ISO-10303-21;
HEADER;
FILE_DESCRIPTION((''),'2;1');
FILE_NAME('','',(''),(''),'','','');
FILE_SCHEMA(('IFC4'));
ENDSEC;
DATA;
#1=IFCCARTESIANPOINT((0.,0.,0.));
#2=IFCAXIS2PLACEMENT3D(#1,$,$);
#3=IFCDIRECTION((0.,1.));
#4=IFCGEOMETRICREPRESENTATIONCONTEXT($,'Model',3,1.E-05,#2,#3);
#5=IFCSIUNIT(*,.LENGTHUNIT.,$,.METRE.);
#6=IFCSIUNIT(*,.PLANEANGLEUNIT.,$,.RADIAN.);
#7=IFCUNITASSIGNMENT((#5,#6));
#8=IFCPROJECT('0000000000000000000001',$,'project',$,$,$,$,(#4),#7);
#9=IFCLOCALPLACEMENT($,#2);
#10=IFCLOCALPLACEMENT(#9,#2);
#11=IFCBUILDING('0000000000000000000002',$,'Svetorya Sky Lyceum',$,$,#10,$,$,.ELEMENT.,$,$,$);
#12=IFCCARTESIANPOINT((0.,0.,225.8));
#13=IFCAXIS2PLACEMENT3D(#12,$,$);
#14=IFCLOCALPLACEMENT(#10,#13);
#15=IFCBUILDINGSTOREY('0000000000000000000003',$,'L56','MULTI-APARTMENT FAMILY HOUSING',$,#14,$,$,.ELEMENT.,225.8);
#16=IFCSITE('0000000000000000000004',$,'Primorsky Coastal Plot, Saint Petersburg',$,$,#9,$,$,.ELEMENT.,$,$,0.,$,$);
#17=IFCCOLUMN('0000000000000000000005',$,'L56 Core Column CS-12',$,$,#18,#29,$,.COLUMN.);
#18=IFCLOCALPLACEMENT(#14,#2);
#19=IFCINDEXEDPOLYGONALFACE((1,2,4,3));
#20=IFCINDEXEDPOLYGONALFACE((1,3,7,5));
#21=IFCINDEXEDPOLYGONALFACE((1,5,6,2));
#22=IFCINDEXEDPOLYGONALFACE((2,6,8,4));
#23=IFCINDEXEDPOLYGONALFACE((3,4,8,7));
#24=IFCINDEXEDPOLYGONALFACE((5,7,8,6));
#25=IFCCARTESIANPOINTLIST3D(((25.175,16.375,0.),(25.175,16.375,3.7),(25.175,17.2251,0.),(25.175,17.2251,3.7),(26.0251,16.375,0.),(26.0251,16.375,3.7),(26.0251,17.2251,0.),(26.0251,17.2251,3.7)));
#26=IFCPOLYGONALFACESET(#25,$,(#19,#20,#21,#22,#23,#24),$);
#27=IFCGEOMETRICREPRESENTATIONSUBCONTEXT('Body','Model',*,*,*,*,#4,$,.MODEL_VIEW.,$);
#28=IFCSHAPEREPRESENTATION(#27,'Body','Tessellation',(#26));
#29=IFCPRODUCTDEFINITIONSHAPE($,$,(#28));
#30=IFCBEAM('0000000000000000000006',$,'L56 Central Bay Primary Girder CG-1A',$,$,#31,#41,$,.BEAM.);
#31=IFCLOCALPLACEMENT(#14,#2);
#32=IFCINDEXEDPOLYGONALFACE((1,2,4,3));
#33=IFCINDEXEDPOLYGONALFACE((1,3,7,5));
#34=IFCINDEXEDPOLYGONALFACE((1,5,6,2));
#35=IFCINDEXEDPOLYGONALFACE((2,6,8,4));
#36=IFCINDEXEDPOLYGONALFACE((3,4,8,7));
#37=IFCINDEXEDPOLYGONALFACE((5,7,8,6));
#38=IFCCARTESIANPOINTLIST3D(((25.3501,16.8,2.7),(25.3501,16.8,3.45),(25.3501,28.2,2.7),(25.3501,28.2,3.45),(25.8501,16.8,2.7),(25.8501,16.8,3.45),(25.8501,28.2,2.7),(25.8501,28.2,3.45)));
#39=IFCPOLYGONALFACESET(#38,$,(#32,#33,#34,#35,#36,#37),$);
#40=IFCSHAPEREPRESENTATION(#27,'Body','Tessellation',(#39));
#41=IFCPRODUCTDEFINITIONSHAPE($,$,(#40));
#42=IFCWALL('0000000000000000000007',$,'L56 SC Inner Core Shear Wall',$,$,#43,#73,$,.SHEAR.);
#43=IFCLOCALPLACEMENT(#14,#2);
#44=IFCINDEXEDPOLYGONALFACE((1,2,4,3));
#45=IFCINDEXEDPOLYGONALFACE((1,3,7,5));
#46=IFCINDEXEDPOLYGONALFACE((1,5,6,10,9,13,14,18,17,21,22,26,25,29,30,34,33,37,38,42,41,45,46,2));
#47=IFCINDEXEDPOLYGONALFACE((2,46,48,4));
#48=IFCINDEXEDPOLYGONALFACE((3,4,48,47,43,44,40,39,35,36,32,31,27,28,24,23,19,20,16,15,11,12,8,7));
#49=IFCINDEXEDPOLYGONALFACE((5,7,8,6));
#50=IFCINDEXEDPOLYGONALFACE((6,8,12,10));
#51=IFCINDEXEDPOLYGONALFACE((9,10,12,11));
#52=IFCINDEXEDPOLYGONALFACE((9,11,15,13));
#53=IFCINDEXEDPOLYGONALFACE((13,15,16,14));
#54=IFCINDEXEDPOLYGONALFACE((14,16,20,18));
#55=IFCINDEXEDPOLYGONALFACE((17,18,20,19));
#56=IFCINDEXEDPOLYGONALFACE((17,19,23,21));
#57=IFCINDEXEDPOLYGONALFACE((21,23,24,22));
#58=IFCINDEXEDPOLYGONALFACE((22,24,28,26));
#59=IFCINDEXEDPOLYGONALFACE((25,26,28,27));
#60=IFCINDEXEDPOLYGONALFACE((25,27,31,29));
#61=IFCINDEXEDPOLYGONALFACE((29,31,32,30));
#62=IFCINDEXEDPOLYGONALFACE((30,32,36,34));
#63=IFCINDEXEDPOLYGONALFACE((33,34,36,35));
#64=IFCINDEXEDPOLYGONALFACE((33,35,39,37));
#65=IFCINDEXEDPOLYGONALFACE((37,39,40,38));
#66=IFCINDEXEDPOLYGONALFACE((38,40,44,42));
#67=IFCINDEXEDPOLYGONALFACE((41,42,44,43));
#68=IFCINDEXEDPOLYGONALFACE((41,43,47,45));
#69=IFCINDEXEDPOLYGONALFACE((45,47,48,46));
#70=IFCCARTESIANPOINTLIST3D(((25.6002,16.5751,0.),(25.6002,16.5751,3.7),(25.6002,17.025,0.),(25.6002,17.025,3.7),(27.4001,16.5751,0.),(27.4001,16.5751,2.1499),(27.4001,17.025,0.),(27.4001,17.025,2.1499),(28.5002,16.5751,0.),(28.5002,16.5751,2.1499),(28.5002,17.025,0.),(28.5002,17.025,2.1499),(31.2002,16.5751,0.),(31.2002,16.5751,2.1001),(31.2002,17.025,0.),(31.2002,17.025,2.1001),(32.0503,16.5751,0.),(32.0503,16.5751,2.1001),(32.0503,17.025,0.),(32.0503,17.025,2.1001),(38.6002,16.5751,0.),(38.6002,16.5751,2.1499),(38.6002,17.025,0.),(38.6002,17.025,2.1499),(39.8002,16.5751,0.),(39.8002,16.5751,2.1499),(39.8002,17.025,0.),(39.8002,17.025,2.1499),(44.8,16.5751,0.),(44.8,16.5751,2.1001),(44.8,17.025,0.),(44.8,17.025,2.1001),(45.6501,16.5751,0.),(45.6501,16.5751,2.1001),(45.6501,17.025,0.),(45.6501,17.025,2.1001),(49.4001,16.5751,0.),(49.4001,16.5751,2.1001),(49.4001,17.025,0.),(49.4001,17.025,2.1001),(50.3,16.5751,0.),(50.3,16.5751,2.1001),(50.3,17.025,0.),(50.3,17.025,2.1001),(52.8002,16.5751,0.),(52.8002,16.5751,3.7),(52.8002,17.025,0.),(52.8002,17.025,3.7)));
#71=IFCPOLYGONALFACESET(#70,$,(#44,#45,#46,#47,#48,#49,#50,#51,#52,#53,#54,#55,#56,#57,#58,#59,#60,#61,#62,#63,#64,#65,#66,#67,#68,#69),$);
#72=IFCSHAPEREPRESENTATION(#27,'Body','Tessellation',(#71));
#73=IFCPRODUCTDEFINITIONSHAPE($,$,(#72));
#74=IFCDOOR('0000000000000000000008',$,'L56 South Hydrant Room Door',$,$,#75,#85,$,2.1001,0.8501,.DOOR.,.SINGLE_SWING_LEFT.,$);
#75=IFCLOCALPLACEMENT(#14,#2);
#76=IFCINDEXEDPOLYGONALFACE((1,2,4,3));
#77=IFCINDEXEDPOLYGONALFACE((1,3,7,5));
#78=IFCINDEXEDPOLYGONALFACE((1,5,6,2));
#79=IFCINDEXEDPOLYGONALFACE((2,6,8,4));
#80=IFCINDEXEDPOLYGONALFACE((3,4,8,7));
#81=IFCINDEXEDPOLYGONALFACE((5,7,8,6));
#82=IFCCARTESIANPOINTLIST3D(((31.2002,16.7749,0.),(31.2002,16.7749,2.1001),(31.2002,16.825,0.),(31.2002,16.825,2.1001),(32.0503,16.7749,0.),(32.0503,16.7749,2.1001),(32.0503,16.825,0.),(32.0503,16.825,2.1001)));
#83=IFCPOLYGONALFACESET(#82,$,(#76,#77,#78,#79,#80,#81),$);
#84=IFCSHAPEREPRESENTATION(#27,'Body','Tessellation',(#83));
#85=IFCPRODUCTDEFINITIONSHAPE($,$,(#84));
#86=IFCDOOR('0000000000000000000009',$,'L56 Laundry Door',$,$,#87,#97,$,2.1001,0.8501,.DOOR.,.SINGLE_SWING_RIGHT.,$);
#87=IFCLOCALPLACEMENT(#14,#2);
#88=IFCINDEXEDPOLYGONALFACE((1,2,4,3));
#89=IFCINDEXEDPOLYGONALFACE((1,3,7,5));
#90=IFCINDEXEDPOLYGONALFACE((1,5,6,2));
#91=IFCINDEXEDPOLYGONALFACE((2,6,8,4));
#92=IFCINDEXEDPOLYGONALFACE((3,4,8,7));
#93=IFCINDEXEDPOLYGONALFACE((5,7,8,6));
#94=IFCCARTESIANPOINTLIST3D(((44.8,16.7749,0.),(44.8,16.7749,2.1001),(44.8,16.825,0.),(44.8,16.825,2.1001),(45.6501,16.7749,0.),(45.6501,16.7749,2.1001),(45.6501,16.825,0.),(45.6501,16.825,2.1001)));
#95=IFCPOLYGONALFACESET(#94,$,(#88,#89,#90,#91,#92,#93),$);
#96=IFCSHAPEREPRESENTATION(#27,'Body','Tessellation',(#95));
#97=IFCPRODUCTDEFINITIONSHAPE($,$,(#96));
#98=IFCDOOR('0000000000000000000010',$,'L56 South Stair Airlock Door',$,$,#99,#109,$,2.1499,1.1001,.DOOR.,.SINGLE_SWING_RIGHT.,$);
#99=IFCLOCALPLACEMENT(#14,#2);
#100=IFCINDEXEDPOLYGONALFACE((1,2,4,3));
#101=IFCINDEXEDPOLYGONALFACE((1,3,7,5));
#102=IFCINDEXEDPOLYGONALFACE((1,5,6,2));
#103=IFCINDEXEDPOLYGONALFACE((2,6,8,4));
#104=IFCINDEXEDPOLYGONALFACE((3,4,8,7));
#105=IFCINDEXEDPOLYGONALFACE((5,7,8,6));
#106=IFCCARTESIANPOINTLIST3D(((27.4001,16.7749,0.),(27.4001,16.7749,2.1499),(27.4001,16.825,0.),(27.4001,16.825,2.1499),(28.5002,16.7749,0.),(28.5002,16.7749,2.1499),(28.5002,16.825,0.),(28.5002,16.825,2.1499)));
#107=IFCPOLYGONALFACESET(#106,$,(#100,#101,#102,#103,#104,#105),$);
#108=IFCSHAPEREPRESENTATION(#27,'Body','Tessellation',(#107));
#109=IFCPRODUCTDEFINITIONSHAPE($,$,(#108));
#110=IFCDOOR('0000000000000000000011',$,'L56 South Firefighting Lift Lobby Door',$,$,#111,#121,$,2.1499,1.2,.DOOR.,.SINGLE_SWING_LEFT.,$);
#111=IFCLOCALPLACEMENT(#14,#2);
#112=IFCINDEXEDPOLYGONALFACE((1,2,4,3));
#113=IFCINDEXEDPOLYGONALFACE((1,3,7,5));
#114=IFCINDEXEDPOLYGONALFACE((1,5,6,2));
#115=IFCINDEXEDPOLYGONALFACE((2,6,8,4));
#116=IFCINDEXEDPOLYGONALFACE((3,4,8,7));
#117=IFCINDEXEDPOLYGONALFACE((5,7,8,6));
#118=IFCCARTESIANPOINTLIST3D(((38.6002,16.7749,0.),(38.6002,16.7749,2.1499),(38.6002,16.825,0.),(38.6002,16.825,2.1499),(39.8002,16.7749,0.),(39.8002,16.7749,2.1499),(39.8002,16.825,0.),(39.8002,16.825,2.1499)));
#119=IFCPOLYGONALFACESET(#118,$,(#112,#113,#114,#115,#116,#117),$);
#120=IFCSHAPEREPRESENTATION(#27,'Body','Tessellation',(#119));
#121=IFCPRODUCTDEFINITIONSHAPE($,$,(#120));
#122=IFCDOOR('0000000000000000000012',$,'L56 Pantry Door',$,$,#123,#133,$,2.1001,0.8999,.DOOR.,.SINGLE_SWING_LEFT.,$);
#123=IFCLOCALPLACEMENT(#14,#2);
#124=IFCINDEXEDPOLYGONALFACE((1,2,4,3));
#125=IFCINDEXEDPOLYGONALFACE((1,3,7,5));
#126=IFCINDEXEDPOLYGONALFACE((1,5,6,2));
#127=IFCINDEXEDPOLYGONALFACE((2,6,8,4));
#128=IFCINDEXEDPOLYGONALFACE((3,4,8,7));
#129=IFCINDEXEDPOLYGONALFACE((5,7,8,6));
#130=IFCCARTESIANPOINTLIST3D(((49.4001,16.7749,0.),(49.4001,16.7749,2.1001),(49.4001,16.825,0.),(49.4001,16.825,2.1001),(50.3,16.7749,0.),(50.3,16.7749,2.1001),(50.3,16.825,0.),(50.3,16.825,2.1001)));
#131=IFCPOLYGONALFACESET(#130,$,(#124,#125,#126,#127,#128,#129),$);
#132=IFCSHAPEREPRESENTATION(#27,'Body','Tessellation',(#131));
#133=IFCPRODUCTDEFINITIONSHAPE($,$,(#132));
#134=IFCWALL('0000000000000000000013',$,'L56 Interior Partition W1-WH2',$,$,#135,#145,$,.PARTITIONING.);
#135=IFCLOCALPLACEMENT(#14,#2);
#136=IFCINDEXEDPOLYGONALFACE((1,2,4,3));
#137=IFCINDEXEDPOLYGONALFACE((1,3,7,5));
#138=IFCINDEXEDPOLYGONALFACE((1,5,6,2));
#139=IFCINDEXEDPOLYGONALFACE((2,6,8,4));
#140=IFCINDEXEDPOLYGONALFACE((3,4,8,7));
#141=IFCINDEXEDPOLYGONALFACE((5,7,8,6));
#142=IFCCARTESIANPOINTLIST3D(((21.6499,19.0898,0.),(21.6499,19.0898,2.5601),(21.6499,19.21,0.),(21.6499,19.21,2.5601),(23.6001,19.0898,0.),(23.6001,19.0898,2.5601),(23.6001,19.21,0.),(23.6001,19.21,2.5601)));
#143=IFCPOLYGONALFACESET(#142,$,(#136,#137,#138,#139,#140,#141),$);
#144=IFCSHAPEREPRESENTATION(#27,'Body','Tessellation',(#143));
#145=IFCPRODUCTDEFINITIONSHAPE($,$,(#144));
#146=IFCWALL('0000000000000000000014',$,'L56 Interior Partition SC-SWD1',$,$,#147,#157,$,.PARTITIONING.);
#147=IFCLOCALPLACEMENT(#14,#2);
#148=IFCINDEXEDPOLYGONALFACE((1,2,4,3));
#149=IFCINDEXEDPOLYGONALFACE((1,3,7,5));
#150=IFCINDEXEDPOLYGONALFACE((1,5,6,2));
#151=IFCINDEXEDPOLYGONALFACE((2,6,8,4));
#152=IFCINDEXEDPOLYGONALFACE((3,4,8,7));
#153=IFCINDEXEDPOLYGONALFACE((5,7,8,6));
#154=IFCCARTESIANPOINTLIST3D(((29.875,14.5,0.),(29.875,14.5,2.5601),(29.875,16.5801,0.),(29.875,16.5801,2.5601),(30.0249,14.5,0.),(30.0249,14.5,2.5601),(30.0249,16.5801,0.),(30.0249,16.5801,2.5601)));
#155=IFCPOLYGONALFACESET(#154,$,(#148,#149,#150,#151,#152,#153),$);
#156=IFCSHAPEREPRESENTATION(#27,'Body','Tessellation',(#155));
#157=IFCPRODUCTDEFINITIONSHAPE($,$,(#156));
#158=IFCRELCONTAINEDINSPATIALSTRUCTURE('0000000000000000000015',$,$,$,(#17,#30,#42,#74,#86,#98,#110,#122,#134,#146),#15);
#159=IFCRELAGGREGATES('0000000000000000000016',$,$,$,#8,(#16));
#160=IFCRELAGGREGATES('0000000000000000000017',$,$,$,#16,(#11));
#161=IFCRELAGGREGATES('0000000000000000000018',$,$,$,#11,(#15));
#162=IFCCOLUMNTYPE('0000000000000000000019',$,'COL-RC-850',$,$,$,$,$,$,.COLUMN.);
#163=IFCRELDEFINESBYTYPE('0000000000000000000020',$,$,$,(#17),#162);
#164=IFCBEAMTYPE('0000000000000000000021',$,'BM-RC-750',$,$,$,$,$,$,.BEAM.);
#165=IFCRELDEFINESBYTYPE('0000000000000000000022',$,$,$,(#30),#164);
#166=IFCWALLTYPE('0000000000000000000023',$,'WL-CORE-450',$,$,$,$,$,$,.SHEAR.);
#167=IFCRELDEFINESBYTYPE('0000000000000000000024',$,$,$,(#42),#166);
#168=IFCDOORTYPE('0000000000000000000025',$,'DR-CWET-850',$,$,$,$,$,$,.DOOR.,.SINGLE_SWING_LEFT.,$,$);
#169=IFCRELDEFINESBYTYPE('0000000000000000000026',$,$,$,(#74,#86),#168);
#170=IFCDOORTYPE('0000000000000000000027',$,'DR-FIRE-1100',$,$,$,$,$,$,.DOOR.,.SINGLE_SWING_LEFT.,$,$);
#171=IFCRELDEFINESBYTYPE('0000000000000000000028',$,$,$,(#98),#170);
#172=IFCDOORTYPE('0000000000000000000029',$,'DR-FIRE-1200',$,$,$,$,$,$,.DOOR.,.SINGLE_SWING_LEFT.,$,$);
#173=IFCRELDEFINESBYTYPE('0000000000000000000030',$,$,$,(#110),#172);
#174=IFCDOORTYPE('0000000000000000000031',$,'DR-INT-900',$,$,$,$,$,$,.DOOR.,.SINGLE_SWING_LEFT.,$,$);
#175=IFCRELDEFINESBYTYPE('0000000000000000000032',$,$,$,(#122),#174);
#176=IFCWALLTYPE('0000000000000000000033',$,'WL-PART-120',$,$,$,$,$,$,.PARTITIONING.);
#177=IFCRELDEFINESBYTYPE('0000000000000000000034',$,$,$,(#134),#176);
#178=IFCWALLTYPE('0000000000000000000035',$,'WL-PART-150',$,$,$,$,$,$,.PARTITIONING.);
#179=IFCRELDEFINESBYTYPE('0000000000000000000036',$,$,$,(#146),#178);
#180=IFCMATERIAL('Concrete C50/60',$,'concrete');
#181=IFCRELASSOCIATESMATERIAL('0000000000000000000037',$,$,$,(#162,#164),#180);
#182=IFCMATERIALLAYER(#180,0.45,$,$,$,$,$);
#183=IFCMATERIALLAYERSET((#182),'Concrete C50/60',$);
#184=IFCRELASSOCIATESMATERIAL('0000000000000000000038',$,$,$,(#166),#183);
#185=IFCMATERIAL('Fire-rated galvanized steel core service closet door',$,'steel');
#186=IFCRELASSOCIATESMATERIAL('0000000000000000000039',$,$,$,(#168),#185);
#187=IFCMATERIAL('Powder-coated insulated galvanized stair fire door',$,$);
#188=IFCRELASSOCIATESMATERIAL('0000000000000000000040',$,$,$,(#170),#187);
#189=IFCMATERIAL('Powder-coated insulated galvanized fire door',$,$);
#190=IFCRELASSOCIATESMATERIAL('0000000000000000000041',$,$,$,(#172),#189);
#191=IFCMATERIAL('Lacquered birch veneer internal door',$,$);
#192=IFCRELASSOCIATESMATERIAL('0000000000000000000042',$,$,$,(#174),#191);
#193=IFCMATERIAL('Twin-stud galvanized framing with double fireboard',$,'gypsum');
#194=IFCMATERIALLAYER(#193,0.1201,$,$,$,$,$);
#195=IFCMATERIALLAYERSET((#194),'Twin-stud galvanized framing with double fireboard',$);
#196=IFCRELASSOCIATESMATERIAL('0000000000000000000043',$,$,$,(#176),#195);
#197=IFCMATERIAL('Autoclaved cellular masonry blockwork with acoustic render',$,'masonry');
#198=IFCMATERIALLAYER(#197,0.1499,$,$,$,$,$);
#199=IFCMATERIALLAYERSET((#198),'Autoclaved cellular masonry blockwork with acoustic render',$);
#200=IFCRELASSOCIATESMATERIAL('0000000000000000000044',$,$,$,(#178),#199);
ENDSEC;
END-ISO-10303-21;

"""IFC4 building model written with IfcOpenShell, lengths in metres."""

from ifc_helpers import new_model, si_unit, direction, frame, frame_2d, origin, origin_2d, place, context, subcontext, project, spatial, rectangle, extrude, material, layer, layer_set, material_profile, profile_set, type_object, element, fill, save


model = new_model("IFC4")

# Units and contexts
model_context = context("Model", 3, precision=1e-05, world=origin(), true_north=direction((0.0, 1.0)))
body_context = subcontext(model_context, "Body", "Model", "MODEL_VIEW")
ifc_project = project(units=[si_unit("LENGTHUNIT", "METRE"), si_unit("PLANEANGLEUNIT", "RADIAN")], contexts=[model_context])

# Site, building, storey
site_placement = place(None, origin())
site = spatial("IfcSite", under=ifc_project, at=site_placement, Name="Primorsky Coastal Plot, Saint Petersburg", CompositionType="ELEMENT", RefElevation=0.0)
building_placement = place(site_placement, origin())
building = spatial("IfcBuilding", under=site, at=building_placement, Name="Svetorya Sky Lyceum", CompositionType="ELEMENT")
storey_placement = place(building_placement, frame((0.0, 0.0, 225.8)))
storey = spatial("IfcBuildingStorey", under=building, at=storey_placement, Name="L56", Description="MULTI-APARTMENT FAMILY HOUSING", CompositionType="ELEMENT", Elevation=225.8)

# Column
ifc_material_1 = material(Name="Concrete C50/60", Category="concrete")
ifc_material_profile_1 = material_profile(ifc_material_1, rectangle(XDim=0.8501, YDim=0.8501, at=origin_2d()), Name="RC COL 850x850")
ifc_profile_set_1 = profile_set([ifc_material_profile_1], Name="Concrete C50/60")
column_type = type_object("IfcColumnType", Name="COL-RC-850", PredefinedType="COLUMN", material=ifc_profile_set_1)
column_placement = place(storey_placement, frame((25.6001, 16.8, 0.0), z_axis=(0.0, 0.0, 1.0), x_axis=(1.0, 0.0, 0.0)))
element("IfcColumn", 1, at=column_placement, inside=storey, type_object=column_type, Name="L56 Core Column CS-12", PredefinedType="COLUMN", context=body_context, shape_type="SweptSolid", body=[
    extrude(rectangle(XDim=0.8501, YDim=0.8501, at=origin_2d()), origin(), (0.0, 0.0, 1.0), 3.7),
])

# Beam
ifc_material_profile_2 = material_profile(ifc_material_1, rectangle(XDim=0.5, YDim=0.75, at=origin_2d()), Name="RC BEAM 500x750")
ifc_profile_set_2 = profile_set([ifc_material_profile_2], Name="Concrete C50/60")
beam_type = type_object("IfcBeamType", Name="BM-RC-750", PredefinedType="BEAM", material=ifc_profile_set_2)
beam_placement = place(storey_placement, frame((25.6001, 16.8, 3.075), z_axis=(0.0, 1.0, 0.0), x_axis=(-1.0, 0.0, 0.0)))
element("IfcBeam", 2, at=beam_placement, inside=storey, type_object=beam_type, Name="L56 Central Bay Primary Girder CG-1A", PredefinedType="BEAM", context=body_context, shape_type="SweptSolid", body=[
    extrude(rectangle(XDim=0.5, YDim=0.75, at=origin_2d()), origin(), (0.0, 0.0, 1.0), 11.3999),
])

# Wall, openings, doors
ifc_layer_1 = layer(ifc_material_1, 0.45)
ifc_layer_set_1 = layer_set([ifc_layer_1], Name="Concrete C50/60")
wall_type_1 = type_object("IfcWallType", Name="WL-CORE-450", PredefinedType="SHEAR", material=ifc_layer_set_1)
wall_1_placement = place(storey_placement, frame((25.6001, 16.8, 0.0), z_axis=(0.0, 0.0, 1.0), x_axis=(1.0, 0.0, 0.0)))
wall_1 = element("IfcWall", 3, at=wall_1_placement, inside=storey, type_object=wall_type_1, Name="L56 SC Inner Core Shear Wall", PredefinedType="SHEAR", context=body_context, shape_type="SweptSolid", body=[
    extrude(rectangle(XDim=27.2, YDim=0.45, at=frame_2d((13.6001, 0.0))), origin(), (0.0, 0.0, 1.0), 3.7),
])
opening_1_placement = place(wall_1_placement, frame((1.8, 0.0, 0.0)))
opening_1 = element("IfcOpeningElement", 4, at=opening_1_placement, cuts=wall_1, PredefinedType="OPENING", context=body_context, shape_type="SweptSolid", body=[
    extrude(rectangle(XDim=1.1001, YDim=2.1499, at=frame_2d((0.55, 1.075))), frame((0.0, 0.2349, 0.0), z_axis=(0.0, -1.0, 0.0), x_axis=(1.0, 0.0, 0.0)), (0.0, 0.0, 1.0), 0.47),
])
opening_2_placement = place(wall_1_placement, frame((5.6001, 0.0, 0.0)))
opening_2 = element("IfcOpeningElement", 5, at=opening_2_placement, cuts=wall_1, PredefinedType="OPENING", context=body_context, shape_type="SweptSolid", body=[
    extrude(rectangle(XDim=0.8501, YDim=2.1001, at=frame_2d((0.425, 1.05))), frame((0.0, 0.2349, 0.0), z_axis=(0.0, -1.0, 0.0), x_axis=(1.0, 0.0, 0.0)), (0.0, 0.0, 1.0), 0.47),
])
opening_3_placement = place(wall_1_placement, frame((13.0, 0.0, 0.0)))
opening_3 = element("IfcOpeningElement", 6, at=opening_3_placement, cuts=wall_1, PredefinedType="OPENING", context=body_context, shape_type="SweptSolid", body=[
    extrude(rectangle(XDim=1.2, YDim=2.1499, at=frame_2d((0.6001, 1.075))), frame((0.0, 0.2349, 0.0), z_axis=(0.0, -1.0, 0.0), x_axis=(1.0, 0.0, 0.0)), (0.0, 0.0, 1.0), 0.47),
])
opening_4_placement = place(wall_1_placement, frame((19.2, 0.0, 0.0)))
opening_4 = element("IfcOpeningElement", 7, at=opening_4_placement, cuts=wall_1, PredefinedType="OPENING", context=body_context, shape_type="SweptSolid", body=[
    extrude(rectangle(XDim=0.8501, YDim=2.1001, at=frame_2d((0.425, 1.05))), frame((0.0, 0.2349, 0.0), z_axis=(0.0, -1.0, 0.0), x_axis=(1.0, 0.0, 0.0)), (0.0, 0.0, 1.0), 0.47),
])
opening_5_placement = place(wall_1_placement, frame((23.8, 0.0, 0.0)))
opening_5 = element("IfcOpeningElement", 8, at=opening_5_placement, cuts=wall_1, PredefinedType="OPENING", context=body_context, shape_type="SweptSolid", body=[
    extrude(rectangle(XDim=0.8999, YDim=2.1001, at=frame_2d((0.45, 1.05))), frame((0.0, 0.2349, 0.0), z_axis=(0.0, -1.0, 0.0), x_axis=(1.0, 0.0, 0.0)), (0.0, 0.0, 1.0), 0.47),
])
ifc_material_2 = material(Name="Fire-rated galvanized steel core service closet door", Category="steel")
door_type_1 = type_object("IfcDoorType", Name="DR-CWET-850", OperationType="SINGLE_SWING_LEFT", PredefinedType="DOOR", material=ifc_material_2)
door_1_placement = place(opening_2_placement, origin())
door_1 = element("IfcDoor", 9, at=door_1_placement, inside=storey, type_object=door_type_1, Name="L56 South Hydrant Room Door", OperationType="SINGLE_SWING_LEFT", OverallHeight=2.1001, OverallWidth=0.8501, PredefinedType="DOOR", context=body_context, shape_type="SweptSolid", body=[
    extrude(rectangle(XDim=0.8501, YDim=2.1001, at=frame_2d((0.425, 1.05))), frame((0.0, 0.0249, 0.0), z_axis=(0.0, -1.0, 0.0), x_axis=(1.0, 0.0, 0.0)), (0.0, 0.0, 1.0), 0.05),
])
fill(opening_2, door_1)
door_2_placement = place(opening_4_placement, origin())
door_2 = element("IfcDoor", 10, at=door_2_placement, inside=storey, type_object=door_type_1, Name="L56 Laundry Door", OperationType="SINGLE_SWING_RIGHT", OverallHeight=2.1001, OverallWidth=0.8501, PredefinedType="DOOR", context=body_context, shape_type="SweptSolid", body=[
    extrude(rectangle(XDim=0.8501, YDim=2.1001, at=frame_2d((0.425, 1.05))), frame((0.0, 0.0249, 0.0), z_axis=(0.0, -1.0, 0.0), x_axis=(1.0, 0.0, 0.0)), (0.0, 0.0, 1.0), 0.05),
])
fill(opening_4, door_2)
ifc_material_3 = material(Name="Powder-coated insulated galvanized stair fire door")
door_type_2 = type_object("IfcDoorType", Name="DR-FIRE-1100", OperationType="SINGLE_SWING_LEFT", PredefinedType="DOOR", material=ifc_material_3)
door_3_placement = place(opening_1_placement, origin())
door_3 = element("IfcDoor", 11, at=door_3_placement, inside=storey, type_object=door_type_2, Name="L56 South Stair Airlock Door", OperationType="SINGLE_SWING_RIGHT", OverallHeight=2.1499, OverallWidth=1.1001, PredefinedType="DOOR", context=body_context, shape_type="SweptSolid", body=[
    extrude(rectangle(XDim=1.1001, YDim=2.1499, at=frame_2d((0.55, 1.075))), frame((0.0, 0.0249, 0.0), z_axis=(0.0, -1.0, 0.0), x_axis=(1.0, 0.0, 0.0)), (0.0, 0.0, 1.0), 0.05),
])
fill(opening_1, door_3)
ifc_material_4 = material(Name="Powder-coated insulated galvanized fire door")
door_type_3 = type_object("IfcDoorType", Name="DR-FIRE-1200", OperationType="SINGLE_SWING_LEFT", PredefinedType="DOOR", material=ifc_material_4)
door_4_placement = place(opening_3_placement, origin())
door_4 = element("IfcDoor", 12, at=door_4_placement, inside=storey, type_object=door_type_3, Name="L56 South Firefighting Lift Lobby Door", OperationType="SINGLE_SWING_LEFT", OverallHeight=2.1499, OverallWidth=1.2, PredefinedType="DOOR", context=body_context, shape_type="SweptSolid", body=[
    extrude(rectangle(XDim=1.2, YDim=2.1499, at=frame_2d((0.6001, 1.075))), frame((0.0, 0.0249, 0.0), z_axis=(0.0, -1.0, 0.0), x_axis=(1.0, 0.0, 0.0)), (0.0, 0.0, 1.0), 0.05),
])
fill(opening_3, door_4)
ifc_material_5 = material(Name="Lacquered birch veneer internal door")
door_type_4 = type_object("IfcDoorType", Name="DR-INT-900", OperationType="SINGLE_SWING_LEFT", PredefinedType="DOOR", material=ifc_material_5)
door_5_placement = place(opening_5_placement, origin())
door_5 = element("IfcDoor", 13, at=door_5_placement, inside=storey, type_object=door_type_4, Name="L56 Pantry Door", OperationType="SINGLE_SWING_LEFT", OverallHeight=2.1001, OverallWidth=0.8999, PredefinedType="DOOR", context=body_context, shape_type="SweptSolid", body=[
    extrude(rectangle(XDim=0.8999, YDim=2.1001, at=frame_2d((0.45, 1.05))), frame((0.0, 0.0249, 0.0), z_axis=(0.0, -1.0, 0.0), x_axis=(1.0, 0.0, 0.0)), (0.0, 0.0, 1.0), 0.05),
])
fill(opening_5, door_5)

# Walls
ifc_material_6 = material(Name="Twin-stud galvanized framing with double fireboard", Category="gypsum")
ifc_layer_2 = layer(ifc_material_6, 0.1201)
ifc_layer_set_2 = layer_set([ifc_layer_2], Name="Twin-stud galvanized framing with double fireboard")
wall_type_2 = type_object("IfcWallType", Name="WL-PART-120", PredefinedType="PARTITIONING", material=ifc_layer_set_2)
wall_2_placement = place(storey_placement, frame((21.6499, 19.1499, 0.0), z_axis=(0.0, 0.0, 1.0), x_axis=(1.0, 0.0, 0.0)))
element("IfcWall", 14, at=wall_2_placement, inside=storey, type_object=wall_type_2, Name="L56 Interior Partition W1-WH2", PredefinedType="PARTITIONING", context=body_context, shape_type="SweptSolid", body=[
    extrude(rectangle(XDim=1.9502, YDim=0.1201, at=frame_2d((0.9751, 0.0))), origin(), (0.0, 0.0, 1.0), 2.5601),
])
ifc_material_7 = material(Name="Autoclaved cellular masonry blockwork with acoustic render", Category="masonry")
ifc_layer_3 = layer(ifc_material_7, 0.1499)
ifc_layer_set_3 = layer_set([ifc_layer_3], Name="Autoclaved cellular masonry blockwork with acoustic render")
wall_type_3 = type_object("IfcWallType", Name="WL-PART-150", PredefinedType="PARTITIONING", material=ifc_layer_set_3)
wall_3_placement = place(storey_placement, frame((29.95, 14.5, 0.0), z_axis=(0.0, 0.0, 1.0), x_axis=(0.0, 1.0, 0.0)))
element("IfcWall", 15, at=wall_3_placement, inside=storey, type_object=wall_type_3, Name="L56 Interior Partition SC-SWD1", PredefinedType="PARTITIONING", context=body_context, shape_type="SweptSolid", body=[
    extrude(rectangle(XDim=2.0801, YDim=0.1499, at=frame_2d((1.04, 0.0))), origin(), (0.0, 0.0, 1.0), 2.5601),
])

save(model, "model.ifc")
